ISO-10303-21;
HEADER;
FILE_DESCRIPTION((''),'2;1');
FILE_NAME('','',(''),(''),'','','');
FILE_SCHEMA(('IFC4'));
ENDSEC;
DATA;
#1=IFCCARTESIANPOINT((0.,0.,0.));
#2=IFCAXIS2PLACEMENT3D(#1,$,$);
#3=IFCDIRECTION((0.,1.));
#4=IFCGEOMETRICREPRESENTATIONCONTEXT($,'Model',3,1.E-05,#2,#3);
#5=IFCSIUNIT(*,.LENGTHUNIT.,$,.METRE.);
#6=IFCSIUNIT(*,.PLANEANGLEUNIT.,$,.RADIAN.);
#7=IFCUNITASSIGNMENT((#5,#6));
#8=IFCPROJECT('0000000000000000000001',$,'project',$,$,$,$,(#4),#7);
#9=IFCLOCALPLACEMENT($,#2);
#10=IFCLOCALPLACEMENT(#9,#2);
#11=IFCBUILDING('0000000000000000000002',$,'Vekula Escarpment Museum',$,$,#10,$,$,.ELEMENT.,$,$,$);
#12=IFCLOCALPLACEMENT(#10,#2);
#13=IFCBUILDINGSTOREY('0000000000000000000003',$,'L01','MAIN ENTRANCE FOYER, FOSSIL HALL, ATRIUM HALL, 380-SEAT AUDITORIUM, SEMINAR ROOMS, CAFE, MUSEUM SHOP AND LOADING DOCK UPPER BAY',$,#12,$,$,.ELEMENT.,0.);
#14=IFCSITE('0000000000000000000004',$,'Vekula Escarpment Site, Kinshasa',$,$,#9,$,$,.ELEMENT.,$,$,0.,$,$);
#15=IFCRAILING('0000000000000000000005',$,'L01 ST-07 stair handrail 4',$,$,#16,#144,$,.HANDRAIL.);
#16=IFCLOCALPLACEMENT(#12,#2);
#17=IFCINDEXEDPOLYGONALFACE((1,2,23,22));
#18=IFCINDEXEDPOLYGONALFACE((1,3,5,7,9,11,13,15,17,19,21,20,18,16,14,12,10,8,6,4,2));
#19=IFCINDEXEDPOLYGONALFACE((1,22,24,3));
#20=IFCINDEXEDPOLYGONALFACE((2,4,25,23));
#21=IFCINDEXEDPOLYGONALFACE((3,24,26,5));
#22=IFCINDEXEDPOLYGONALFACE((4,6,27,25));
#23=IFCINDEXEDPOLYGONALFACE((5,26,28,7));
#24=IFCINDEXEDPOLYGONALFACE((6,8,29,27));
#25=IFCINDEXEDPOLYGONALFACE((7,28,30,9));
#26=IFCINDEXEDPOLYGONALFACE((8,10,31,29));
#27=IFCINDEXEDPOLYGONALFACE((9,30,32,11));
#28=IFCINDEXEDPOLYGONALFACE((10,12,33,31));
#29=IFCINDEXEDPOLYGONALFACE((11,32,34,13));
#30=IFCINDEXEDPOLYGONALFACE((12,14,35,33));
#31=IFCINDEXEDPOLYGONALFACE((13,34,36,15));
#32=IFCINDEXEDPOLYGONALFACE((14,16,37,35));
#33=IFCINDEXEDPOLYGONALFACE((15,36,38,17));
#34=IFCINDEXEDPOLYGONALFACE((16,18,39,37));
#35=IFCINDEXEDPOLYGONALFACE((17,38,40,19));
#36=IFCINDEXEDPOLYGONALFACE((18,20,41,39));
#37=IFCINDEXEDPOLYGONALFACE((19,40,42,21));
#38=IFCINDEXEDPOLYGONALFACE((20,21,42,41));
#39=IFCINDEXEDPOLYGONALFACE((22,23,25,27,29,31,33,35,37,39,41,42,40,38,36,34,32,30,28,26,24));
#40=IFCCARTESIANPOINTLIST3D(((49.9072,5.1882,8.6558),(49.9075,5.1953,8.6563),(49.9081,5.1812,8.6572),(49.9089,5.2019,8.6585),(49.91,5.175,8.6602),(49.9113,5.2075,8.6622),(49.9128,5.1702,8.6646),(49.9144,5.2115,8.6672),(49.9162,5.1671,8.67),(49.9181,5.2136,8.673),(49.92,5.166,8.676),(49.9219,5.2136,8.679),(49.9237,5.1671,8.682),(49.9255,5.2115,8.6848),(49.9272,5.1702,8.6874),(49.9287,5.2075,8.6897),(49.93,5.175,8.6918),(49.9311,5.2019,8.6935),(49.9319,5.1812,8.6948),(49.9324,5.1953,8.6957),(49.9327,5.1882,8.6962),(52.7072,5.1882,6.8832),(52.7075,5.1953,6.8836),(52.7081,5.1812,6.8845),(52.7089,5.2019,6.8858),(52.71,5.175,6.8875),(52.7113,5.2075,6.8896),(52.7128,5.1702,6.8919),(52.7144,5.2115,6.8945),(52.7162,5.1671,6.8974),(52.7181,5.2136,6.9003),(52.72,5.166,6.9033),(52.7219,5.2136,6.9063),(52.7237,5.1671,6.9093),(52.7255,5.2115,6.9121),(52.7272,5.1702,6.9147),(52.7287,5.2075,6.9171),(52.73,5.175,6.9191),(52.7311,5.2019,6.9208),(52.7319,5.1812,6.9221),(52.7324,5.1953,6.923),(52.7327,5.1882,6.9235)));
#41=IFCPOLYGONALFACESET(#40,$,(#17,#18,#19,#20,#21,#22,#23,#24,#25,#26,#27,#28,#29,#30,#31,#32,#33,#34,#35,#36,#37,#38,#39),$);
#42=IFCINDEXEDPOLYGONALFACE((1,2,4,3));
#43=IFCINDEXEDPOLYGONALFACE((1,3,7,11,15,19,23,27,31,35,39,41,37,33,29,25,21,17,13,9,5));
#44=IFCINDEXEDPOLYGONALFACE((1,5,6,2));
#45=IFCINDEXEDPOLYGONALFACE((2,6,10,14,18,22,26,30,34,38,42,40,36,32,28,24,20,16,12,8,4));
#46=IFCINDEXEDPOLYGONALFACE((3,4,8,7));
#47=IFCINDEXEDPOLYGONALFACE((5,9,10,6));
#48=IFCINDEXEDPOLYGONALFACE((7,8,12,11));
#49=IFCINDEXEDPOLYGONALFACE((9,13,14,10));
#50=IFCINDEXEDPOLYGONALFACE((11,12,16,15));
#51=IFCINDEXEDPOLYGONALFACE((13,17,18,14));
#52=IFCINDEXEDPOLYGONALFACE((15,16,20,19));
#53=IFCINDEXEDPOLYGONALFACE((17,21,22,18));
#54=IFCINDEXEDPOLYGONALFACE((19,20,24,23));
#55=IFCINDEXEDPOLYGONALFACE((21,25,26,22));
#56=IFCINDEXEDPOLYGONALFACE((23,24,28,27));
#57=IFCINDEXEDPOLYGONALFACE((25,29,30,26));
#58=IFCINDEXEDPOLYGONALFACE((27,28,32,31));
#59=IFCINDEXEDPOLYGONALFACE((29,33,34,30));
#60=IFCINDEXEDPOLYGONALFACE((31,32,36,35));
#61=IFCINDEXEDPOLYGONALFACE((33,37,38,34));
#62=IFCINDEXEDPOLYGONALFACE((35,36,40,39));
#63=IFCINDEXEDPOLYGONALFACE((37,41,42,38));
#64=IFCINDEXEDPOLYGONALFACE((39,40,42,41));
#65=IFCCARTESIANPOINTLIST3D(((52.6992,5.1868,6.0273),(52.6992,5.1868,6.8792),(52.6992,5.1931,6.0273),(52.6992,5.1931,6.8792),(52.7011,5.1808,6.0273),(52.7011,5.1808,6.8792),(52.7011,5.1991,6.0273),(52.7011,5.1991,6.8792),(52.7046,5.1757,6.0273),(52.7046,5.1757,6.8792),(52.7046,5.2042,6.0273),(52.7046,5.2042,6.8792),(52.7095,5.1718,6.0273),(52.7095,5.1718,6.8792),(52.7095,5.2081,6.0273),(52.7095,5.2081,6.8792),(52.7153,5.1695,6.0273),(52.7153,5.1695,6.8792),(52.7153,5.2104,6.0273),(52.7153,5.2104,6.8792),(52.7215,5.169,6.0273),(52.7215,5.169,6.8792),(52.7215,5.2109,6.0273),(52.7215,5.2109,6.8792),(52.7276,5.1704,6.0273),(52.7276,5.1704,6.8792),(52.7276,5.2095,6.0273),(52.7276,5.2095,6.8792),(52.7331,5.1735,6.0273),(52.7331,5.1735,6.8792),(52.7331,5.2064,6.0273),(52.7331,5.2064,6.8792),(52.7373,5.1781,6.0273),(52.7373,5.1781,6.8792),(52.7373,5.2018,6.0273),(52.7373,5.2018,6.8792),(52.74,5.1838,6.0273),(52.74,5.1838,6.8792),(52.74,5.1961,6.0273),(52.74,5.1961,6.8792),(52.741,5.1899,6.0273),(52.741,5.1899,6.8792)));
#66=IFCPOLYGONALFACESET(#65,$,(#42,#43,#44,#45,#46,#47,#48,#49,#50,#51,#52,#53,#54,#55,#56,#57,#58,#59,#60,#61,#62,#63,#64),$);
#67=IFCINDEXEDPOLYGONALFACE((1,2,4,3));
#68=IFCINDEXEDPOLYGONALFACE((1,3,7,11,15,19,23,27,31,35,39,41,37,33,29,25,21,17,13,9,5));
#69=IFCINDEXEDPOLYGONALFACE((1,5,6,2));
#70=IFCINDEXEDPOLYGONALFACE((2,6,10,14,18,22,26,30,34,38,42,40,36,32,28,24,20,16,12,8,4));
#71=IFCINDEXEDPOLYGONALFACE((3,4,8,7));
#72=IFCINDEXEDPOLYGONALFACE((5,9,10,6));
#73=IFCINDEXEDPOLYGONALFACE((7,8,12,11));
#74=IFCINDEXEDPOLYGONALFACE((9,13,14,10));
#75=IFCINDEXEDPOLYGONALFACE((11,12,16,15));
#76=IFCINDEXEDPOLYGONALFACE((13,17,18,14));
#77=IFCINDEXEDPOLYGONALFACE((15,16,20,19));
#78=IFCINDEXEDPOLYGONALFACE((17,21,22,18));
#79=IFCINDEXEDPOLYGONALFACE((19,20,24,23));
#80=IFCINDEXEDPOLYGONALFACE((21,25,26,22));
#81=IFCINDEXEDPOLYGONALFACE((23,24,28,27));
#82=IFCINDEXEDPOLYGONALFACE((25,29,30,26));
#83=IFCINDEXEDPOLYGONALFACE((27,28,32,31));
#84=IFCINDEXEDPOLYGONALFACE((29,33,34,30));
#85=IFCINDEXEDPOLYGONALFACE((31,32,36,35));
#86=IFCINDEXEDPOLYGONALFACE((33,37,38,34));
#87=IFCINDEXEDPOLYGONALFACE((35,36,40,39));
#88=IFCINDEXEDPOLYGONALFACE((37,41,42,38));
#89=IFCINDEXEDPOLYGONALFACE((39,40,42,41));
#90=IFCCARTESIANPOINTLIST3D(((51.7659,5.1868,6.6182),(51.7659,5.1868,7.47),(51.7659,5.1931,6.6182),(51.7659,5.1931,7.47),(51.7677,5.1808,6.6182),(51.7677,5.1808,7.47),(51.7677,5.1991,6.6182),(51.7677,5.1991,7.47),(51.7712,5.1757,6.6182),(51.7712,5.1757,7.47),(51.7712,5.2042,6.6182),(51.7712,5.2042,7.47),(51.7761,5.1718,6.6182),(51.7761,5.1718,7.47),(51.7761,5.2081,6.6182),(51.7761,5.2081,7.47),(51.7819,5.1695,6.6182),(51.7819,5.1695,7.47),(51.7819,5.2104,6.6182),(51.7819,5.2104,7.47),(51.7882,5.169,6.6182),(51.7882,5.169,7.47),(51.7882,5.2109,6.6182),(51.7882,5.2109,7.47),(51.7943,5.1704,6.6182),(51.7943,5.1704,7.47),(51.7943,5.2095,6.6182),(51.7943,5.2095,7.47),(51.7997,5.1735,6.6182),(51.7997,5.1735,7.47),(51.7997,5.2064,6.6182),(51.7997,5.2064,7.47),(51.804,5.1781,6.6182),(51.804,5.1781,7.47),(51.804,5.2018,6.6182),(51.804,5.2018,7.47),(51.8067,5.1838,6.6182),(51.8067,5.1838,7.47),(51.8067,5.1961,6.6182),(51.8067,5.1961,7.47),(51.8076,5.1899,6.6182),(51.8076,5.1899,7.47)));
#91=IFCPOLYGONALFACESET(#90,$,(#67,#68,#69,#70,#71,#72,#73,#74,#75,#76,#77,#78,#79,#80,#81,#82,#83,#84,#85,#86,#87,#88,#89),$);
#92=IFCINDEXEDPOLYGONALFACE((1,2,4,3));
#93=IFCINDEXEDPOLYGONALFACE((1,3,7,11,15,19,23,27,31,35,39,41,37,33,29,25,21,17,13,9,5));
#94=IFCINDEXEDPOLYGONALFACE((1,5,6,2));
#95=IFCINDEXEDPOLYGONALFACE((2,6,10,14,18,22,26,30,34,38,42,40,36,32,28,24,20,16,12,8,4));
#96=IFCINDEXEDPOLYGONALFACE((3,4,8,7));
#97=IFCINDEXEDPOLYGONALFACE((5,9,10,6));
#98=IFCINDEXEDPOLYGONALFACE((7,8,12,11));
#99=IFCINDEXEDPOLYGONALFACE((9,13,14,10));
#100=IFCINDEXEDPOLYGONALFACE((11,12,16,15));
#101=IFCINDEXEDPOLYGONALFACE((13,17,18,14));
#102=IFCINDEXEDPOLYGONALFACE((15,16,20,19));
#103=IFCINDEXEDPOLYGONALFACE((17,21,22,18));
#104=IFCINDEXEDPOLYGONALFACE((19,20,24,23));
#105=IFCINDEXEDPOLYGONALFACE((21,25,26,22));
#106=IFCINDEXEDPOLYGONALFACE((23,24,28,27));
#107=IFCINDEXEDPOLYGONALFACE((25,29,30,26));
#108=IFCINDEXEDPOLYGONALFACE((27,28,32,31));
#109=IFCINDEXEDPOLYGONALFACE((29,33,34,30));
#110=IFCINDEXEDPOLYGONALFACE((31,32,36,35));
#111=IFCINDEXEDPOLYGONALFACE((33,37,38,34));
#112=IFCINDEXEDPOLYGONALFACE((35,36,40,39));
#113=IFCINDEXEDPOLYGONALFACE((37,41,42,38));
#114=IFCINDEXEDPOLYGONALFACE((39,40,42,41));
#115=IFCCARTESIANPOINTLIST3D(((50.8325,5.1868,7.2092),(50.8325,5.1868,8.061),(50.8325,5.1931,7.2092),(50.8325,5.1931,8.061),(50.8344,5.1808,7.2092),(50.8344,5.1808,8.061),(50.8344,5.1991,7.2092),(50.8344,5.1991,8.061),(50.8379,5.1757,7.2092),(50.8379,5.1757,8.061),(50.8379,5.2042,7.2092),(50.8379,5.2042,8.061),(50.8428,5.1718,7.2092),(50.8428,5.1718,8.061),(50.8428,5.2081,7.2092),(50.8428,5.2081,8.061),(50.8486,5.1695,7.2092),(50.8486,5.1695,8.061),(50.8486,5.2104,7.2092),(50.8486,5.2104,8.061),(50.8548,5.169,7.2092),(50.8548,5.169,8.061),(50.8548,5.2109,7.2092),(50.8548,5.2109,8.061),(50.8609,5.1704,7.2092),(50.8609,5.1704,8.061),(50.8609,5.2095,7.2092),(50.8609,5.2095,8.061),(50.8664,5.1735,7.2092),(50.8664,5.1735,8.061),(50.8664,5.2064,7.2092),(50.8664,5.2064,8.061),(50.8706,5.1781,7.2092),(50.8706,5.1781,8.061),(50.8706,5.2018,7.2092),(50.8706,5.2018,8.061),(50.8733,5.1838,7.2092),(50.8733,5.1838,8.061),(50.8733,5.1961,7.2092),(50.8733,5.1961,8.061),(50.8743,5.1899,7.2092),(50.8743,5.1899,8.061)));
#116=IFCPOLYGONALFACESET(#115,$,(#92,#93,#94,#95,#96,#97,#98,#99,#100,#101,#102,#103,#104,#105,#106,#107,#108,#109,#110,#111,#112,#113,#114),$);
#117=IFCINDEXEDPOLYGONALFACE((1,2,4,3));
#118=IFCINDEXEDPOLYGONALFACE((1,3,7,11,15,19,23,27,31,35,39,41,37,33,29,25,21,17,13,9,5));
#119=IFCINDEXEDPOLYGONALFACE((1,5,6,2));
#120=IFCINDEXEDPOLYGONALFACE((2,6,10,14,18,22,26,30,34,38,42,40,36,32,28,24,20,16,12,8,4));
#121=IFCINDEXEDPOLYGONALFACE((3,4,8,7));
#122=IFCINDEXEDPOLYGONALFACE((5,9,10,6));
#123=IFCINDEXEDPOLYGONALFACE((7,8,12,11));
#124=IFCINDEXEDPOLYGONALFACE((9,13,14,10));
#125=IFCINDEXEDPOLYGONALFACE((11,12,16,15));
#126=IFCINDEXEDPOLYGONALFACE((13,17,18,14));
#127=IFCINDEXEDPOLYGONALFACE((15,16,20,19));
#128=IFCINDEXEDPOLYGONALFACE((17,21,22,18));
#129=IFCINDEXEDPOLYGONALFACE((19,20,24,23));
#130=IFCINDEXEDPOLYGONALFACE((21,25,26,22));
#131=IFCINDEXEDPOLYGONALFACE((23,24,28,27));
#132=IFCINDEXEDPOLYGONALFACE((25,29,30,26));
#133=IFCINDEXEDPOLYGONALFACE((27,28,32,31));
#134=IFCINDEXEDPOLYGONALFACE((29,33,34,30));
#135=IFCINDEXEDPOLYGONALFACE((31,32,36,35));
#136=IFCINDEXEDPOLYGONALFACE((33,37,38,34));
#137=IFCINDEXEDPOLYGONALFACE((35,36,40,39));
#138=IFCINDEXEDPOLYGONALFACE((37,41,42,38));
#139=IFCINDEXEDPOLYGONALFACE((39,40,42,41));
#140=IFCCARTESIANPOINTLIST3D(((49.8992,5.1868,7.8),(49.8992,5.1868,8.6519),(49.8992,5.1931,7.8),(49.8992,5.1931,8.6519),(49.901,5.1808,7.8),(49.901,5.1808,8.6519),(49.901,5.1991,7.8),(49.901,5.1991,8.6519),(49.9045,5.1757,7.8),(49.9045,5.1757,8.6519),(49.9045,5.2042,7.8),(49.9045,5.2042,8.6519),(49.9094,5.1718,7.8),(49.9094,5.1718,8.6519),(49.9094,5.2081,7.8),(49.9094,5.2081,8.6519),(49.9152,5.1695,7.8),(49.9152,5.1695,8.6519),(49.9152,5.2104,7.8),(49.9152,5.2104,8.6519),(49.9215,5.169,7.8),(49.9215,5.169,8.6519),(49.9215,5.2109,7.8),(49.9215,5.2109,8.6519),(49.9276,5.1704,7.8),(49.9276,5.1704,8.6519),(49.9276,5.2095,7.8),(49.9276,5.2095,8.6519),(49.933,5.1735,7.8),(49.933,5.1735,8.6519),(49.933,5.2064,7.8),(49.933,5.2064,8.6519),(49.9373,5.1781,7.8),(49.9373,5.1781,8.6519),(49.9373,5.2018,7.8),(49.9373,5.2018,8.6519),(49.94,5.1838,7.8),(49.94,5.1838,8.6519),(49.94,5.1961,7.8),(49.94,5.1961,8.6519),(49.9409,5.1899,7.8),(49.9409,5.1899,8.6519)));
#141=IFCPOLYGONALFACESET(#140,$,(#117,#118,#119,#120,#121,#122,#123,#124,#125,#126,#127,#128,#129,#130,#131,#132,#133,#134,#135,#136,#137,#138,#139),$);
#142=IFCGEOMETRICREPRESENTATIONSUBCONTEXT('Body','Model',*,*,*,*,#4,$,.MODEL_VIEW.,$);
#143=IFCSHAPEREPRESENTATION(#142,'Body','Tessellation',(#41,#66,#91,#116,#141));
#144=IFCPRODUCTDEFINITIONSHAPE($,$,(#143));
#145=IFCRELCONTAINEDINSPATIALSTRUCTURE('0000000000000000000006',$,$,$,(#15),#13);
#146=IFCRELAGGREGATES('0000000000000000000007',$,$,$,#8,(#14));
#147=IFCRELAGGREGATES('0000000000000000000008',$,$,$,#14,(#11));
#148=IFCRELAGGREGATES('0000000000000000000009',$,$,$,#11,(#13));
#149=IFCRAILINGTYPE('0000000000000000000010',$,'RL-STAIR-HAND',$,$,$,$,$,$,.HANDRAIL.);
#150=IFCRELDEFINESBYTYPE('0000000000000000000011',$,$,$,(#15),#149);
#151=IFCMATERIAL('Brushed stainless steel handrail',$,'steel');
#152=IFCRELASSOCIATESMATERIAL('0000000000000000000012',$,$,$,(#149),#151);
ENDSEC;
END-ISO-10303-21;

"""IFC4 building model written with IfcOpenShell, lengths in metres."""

from ifc_helpers import new_model, si_unit, direction, frame, origin, origin_2d, place, context, subcontext, project, spatial, circle, extrude, material, type_object, element, save


model = new_model("IFC4")

# Units and contexts
model_context = context("Model", 3, precision=1e-05, world=origin(), true_north=direction((0.0, 1.0)))
body_context = subcontext(model_context, "Body", "Model", "MODEL_VIEW")
ifc_project = project(units=[si_unit("LENGTHUNIT", "METRE"), si_unit("PLANEANGLEUNIT", "RADIAN")], contexts=[model_context])

# Site, building, storey
site_placement = place(None, origin())
site = spatial("IfcSite", under=ifc_project, at=site_placement, Name="Vekula Escarpment Site, Kinshasa", CompositionType="ELEMENT", RefElevation=0.0)
building_placement = place(site_placement, origin())
building = spatial("IfcBuilding", under=site, at=building_placement, Name="Vekula Escarpment Museum", CompositionType="ELEMENT")
storey_placement = place(building_placement, origin())
storey = spatial("IfcBuildingStorey", under=building, at=storey_placement, Name="L01", Description="MAIN ENTRANCE FOYER, FOSSIL HALL, ATRIUM HALL, 380-SEAT AUDITORIUM, SEMINAR ROOMS, CAFE, MUSEUM SHOP AND LOADING DOCK UPPER BAY", CompositionType="ELEMENT", Elevation=0.0)

# Railing
ifc_material_1 = material(Name="Brushed stainless steel handrail", Category="steel")
railing_type_1 = type_object("IfcRailingType", Name="RL-STAIR-HAND", PredefinedType="HANDRAIL", material=ifc_material_1)
for number, where, name in (
    (1, (52.72, 5.1899, 6.0273), "L01 ST-07 stair handrail 4"),
):
    element("IfcRailing", number, at=place(storey_placement, frame(where)), inside=storey, type_object=railing_type_1, Name=name, PredefinedType="HANDRAIL", context=body_context, shape_type="SweptSolid", body=[
        extrude(circle(Radius=0.0239, at=origin_2d()), frame((0.0, 0.0, 0.876), z_axis=(-0.844909, 0.0, 0.53491), x_axis=(0.0, -1.0, 0.0)), (0.0, 0.0, 1.0), 3.314),
        extrude(circle(Radius=0.021, at=origin_2d()), origin(), (0.0, 0.0, 1.0), 0.8518),
        extrude(circle(Radius=0.021, at=origin_2d()), frame((-0.9333, 0.0, 0.5908)), (0.0, 0.0, 1.0), 0.8518),
        extrude(circle(Radius=0.021, at=origin_2d()), frame((-1.8667, 0.0, 1.1819)), (0.0, 0.0, 1.0), 0.8518),
        extrude(circle(Radius=0.021, at=origin_2d()), frame((-2.8, 0.0, 1.7727)), (0.0, 0.0, 1.0), 0.8518),
    ])

save(model, "model.ifc")
